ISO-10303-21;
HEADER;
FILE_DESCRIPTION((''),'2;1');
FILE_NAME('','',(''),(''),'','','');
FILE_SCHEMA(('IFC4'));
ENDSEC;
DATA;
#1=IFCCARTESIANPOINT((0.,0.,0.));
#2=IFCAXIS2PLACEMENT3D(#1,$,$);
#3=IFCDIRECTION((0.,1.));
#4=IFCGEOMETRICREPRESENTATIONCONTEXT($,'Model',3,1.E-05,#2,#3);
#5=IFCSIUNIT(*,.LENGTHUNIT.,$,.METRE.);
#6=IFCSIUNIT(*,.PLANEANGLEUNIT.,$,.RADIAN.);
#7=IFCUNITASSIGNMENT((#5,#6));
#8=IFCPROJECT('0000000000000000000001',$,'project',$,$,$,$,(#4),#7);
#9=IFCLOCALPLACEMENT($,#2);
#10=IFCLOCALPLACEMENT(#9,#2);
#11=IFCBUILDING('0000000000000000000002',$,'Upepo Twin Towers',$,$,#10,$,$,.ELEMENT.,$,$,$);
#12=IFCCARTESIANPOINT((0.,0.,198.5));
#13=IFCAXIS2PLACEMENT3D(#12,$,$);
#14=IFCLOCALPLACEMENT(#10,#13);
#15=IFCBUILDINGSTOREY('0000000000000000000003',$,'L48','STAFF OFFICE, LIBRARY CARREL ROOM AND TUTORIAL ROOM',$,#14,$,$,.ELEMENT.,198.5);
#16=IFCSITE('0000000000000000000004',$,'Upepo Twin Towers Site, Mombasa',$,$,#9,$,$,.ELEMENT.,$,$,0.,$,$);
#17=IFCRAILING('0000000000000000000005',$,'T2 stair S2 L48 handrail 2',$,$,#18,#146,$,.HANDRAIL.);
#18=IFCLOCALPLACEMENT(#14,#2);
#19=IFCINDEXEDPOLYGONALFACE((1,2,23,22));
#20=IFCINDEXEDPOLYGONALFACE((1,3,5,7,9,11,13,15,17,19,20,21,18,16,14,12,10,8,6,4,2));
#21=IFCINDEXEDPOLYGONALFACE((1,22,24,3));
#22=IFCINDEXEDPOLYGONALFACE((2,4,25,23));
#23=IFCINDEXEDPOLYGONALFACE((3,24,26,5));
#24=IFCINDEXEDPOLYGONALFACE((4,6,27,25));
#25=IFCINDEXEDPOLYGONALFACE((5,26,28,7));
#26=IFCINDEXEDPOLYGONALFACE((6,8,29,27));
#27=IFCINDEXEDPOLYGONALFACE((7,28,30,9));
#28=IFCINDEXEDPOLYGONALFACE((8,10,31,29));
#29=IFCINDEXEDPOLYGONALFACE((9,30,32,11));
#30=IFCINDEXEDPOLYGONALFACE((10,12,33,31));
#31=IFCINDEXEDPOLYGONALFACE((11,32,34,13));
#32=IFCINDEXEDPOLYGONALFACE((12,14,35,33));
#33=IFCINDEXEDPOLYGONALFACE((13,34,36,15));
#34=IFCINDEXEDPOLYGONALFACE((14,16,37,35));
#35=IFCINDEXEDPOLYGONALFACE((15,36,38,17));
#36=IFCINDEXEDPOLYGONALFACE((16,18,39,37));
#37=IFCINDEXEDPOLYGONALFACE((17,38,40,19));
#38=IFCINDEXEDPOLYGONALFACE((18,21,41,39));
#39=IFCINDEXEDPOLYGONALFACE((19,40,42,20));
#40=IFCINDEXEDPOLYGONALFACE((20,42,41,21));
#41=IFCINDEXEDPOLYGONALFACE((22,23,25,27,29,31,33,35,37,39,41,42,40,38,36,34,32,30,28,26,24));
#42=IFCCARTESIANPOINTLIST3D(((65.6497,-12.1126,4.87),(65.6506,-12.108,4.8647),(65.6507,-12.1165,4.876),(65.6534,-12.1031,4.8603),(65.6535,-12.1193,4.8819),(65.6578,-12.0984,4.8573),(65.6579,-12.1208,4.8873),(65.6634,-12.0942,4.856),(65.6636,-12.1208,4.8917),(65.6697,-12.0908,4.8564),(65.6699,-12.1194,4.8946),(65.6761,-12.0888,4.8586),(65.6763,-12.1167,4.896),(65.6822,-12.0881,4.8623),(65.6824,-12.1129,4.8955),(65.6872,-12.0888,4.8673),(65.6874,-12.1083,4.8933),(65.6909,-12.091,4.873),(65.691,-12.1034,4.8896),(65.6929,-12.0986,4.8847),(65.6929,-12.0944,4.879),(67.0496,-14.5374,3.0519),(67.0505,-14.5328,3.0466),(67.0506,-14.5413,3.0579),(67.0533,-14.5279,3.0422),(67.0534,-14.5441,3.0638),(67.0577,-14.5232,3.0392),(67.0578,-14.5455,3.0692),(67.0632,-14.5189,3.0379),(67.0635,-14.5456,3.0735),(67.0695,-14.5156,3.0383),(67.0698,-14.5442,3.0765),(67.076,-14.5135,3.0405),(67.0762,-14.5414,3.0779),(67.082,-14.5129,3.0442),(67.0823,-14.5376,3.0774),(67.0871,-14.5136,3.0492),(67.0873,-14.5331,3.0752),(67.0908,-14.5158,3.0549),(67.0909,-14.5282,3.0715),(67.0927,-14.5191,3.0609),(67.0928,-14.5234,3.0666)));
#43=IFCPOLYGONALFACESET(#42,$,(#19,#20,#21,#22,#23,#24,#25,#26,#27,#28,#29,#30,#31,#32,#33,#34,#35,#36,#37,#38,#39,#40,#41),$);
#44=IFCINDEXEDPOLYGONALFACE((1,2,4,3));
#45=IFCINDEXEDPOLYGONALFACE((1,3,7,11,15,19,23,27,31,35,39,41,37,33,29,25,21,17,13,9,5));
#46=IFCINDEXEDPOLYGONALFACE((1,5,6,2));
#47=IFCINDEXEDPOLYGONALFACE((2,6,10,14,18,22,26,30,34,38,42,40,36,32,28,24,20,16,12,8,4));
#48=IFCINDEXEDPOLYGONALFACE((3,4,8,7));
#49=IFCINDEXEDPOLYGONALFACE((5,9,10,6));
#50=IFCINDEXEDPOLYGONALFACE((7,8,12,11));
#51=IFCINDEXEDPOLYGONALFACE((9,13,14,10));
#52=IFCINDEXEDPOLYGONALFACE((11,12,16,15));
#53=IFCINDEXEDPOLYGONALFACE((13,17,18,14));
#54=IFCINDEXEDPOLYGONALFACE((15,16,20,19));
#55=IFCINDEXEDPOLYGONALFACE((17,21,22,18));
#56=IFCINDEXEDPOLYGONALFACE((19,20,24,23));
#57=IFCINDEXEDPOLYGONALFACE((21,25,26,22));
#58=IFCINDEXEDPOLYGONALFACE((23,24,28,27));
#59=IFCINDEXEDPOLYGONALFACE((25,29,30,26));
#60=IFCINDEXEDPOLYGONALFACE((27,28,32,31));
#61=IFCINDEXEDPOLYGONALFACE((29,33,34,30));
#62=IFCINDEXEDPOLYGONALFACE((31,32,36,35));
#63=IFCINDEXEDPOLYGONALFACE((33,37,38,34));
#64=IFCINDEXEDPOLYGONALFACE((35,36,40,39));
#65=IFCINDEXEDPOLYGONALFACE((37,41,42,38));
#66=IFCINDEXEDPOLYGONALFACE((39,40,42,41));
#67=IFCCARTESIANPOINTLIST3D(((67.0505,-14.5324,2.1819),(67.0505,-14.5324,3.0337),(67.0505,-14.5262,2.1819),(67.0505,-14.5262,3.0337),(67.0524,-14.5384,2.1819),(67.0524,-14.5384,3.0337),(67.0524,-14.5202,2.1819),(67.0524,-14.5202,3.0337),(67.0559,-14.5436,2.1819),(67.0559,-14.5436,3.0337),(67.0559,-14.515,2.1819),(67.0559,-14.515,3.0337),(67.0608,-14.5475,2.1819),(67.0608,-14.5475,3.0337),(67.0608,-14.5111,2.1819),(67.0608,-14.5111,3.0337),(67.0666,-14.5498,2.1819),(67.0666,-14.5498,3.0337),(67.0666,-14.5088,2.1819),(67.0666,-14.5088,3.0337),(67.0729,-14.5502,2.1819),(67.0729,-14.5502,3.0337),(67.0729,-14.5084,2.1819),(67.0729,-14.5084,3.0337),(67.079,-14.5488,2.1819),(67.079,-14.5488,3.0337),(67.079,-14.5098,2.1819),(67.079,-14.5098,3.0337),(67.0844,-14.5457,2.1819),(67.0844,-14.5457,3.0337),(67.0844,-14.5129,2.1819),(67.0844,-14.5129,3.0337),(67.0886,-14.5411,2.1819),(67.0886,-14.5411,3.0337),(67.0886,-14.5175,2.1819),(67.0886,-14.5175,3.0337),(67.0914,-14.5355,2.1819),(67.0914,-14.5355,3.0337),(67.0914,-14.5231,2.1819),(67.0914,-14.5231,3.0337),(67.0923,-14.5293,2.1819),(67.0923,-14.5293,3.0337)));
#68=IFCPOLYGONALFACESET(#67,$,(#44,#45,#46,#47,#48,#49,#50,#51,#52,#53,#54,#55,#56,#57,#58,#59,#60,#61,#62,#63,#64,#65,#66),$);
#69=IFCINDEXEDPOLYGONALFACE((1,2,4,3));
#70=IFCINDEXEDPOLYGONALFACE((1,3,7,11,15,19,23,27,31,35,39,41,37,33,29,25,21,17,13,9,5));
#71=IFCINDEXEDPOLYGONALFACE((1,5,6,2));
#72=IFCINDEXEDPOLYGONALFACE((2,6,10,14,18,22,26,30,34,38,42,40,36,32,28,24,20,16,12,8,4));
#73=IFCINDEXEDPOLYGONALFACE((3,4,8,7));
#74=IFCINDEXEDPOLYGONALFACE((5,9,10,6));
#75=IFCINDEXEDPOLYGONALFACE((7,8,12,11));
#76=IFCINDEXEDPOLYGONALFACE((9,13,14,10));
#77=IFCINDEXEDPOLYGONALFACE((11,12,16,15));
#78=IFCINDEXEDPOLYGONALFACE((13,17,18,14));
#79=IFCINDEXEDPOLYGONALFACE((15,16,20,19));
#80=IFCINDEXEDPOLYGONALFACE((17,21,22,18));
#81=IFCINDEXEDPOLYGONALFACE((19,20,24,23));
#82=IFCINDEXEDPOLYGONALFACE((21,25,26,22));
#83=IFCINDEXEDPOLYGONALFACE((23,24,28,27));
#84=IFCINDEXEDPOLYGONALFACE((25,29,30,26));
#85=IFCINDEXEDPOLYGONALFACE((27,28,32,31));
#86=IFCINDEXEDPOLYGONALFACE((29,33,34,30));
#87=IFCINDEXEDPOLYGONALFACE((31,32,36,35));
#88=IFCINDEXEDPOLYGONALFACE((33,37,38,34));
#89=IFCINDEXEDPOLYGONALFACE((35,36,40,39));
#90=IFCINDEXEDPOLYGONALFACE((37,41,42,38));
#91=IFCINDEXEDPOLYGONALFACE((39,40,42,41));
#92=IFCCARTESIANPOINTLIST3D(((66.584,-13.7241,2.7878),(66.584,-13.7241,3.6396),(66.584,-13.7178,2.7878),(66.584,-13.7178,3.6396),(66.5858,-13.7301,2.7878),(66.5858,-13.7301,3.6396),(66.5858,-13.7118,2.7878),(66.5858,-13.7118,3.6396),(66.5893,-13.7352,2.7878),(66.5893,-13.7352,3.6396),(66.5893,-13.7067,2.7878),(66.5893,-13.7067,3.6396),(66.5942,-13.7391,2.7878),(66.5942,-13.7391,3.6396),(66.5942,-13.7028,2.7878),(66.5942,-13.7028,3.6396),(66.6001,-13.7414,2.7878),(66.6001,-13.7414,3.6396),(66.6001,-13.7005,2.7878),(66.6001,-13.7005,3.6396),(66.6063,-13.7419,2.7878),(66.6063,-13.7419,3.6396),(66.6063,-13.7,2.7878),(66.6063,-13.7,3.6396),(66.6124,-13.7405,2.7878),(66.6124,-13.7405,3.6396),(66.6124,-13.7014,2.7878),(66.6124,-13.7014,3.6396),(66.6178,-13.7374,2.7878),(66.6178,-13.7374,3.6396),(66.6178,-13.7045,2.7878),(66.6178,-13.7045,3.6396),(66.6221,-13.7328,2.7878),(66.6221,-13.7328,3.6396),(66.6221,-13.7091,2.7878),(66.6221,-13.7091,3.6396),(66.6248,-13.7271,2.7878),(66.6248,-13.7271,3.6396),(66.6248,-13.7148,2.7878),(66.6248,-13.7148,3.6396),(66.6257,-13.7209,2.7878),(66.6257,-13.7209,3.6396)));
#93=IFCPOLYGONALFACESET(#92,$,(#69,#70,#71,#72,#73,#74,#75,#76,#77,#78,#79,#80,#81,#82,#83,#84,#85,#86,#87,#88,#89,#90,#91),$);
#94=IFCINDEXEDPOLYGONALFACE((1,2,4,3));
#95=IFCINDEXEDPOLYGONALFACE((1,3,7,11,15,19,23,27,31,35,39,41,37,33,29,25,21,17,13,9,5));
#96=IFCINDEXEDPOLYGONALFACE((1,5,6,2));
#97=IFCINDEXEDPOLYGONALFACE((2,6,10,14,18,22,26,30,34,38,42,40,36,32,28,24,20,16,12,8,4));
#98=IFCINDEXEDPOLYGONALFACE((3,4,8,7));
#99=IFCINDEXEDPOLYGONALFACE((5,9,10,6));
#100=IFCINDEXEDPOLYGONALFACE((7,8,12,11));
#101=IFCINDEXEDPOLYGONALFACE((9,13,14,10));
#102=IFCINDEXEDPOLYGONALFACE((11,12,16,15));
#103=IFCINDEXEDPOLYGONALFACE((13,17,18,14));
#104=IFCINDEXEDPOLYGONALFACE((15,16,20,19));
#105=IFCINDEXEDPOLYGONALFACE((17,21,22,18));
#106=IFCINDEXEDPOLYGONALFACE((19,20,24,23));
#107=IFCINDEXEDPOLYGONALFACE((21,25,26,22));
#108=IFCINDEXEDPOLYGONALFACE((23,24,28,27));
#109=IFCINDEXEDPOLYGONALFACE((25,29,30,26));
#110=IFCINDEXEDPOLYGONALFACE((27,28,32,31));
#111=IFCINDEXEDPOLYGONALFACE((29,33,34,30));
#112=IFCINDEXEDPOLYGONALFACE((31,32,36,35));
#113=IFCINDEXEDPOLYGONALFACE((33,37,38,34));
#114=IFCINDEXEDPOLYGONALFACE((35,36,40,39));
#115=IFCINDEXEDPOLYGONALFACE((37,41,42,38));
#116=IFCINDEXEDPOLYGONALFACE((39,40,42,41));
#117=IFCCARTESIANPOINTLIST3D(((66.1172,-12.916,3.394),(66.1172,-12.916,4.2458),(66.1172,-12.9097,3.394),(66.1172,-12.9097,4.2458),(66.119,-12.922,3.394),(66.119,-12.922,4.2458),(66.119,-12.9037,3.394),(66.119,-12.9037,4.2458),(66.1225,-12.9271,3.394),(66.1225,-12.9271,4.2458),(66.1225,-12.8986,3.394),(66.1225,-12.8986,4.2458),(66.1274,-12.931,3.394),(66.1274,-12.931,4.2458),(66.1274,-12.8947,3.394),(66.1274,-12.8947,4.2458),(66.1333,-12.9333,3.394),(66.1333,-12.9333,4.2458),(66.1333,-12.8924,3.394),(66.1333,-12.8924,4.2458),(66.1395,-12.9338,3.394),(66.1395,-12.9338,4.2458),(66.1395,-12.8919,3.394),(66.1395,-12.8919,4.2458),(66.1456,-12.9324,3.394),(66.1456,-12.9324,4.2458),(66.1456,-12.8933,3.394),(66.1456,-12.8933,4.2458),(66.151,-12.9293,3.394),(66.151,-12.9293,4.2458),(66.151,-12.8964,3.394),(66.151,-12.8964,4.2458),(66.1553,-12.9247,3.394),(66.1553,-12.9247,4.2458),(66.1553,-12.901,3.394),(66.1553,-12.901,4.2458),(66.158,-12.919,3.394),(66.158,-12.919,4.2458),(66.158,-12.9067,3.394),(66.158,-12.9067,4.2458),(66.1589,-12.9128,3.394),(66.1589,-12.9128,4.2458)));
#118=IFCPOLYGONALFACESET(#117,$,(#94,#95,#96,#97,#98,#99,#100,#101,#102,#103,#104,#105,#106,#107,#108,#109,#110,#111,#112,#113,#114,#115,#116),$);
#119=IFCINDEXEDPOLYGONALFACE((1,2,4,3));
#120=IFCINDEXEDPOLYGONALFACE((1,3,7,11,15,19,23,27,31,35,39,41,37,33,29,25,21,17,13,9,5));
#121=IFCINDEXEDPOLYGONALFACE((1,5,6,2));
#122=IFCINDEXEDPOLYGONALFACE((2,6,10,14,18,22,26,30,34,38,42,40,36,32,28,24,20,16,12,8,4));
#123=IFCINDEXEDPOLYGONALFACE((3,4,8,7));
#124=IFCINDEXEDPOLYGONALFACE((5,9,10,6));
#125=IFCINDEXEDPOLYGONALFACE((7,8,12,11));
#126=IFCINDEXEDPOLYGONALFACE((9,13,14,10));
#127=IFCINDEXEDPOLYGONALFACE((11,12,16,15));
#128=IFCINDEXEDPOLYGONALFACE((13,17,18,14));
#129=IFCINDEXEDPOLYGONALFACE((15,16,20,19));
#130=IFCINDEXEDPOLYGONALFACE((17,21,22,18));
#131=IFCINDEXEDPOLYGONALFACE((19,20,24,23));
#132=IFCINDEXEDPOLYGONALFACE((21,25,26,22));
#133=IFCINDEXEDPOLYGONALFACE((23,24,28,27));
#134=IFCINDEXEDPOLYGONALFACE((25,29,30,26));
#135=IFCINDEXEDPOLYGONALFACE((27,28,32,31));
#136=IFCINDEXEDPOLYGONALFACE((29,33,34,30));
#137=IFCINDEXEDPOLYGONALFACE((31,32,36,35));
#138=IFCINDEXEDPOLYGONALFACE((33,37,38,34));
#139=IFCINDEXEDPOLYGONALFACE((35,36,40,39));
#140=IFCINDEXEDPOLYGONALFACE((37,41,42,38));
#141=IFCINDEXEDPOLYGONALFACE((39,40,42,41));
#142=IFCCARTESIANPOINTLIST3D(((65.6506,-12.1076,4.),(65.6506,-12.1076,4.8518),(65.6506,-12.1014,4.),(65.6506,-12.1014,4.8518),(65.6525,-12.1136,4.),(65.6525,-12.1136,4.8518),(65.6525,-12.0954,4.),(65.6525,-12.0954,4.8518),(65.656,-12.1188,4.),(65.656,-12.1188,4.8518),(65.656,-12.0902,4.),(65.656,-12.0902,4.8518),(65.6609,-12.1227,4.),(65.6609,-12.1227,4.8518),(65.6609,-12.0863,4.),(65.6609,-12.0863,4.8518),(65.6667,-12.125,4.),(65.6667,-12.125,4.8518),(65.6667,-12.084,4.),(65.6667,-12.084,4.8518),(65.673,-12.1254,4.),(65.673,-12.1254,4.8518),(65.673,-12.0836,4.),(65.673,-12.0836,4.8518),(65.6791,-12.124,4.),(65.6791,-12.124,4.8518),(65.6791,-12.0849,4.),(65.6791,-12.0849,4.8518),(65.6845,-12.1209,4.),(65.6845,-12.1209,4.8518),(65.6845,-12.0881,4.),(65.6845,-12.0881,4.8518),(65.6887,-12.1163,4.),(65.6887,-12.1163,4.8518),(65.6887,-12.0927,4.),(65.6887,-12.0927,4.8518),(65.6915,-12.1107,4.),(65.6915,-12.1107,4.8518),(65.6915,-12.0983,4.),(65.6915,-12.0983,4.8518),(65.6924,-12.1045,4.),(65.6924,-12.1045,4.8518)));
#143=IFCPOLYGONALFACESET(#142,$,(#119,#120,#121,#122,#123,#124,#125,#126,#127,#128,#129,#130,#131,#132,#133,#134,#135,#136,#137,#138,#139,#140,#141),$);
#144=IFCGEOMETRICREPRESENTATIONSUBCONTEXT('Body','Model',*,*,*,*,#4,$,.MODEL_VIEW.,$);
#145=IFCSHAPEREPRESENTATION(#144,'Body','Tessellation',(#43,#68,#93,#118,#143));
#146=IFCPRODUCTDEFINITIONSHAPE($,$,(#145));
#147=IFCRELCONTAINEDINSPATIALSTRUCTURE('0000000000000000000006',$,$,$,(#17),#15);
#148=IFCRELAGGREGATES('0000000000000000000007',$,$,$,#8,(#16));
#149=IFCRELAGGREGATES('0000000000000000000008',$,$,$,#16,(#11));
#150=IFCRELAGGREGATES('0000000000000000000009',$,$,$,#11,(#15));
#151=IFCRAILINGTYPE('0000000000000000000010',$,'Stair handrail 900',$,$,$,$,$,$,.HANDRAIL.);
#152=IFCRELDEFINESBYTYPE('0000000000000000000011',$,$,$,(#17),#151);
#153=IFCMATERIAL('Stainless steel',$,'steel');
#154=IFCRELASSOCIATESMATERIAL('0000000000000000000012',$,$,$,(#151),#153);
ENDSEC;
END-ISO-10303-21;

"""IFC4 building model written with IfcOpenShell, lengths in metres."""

from ifc_helpers import new_model, si_unit, direction, frame, origin, origin_2d, place, context, subcontext, project, spatial, circle, extrude, material, type_object, element, save


model = new_model("IFC4")

# Units and contexts
model_context = context("Model", 3, precision=1e-05, world=origin(), true_north=direction((0.0, 1.0)))
body_context = subcontext(model_context, "Body", "Model", "MODEL_VIEW")
ifc_project = project(units=[si_unit("LENGTHUNIT", "METRE"), si_unit("PLANEANGLEUNIT", "RADIAN")], contexts=[model_context])

# Site, building, storey
site_placement = place(None, origin())
site = spatial("IfcSite", under=ifc_project, at=site_placement, Name="Upepo Twin Towers Site, Mombasa", CompositionType="ELEMENT", RefElevation=0.0)
building_placement = place(site_placement, origin())
building = spatial("IfcBuilding", under=site, at=building_placement, Name="Upepo Twin Towers", CompositionType="ELEMENT")
storey_placement = place(building_placement, frame((0.0, 0.0, 198.5)))
storey = spatial("IfcBuildingStorey", under=building, at=storey_placement, Name="L48", Description="STAFF OFFICE, LIBRARY CARREL ROOM AND TUTORIAL ROOM", CompositionType="ELEMENT", Elevation=198.5)

# Railing
ifc_material_1 = material(Name="Stainless steel", Category="steel")
railing_type = type_object("IfcRailingType", Name="Stair handrail 900", PredefinedType="HANDRAIL", material=ifc_material_1)
railing_1_placement = place(storey_placement, frame((67.0713, -14.5293, 2.1819)))
element("IfcRailing", 1, at=railing_1_placement, inside=storey, type_object=railing_type, Name="T2 stair S2 L48 handrail 2", PredefinedType="HANDRAIL", context=body_context, shape_type="SweptSolid", body=[
    extrude(circle(Radius=0.0239, at=origin_2d()), frame((0.0, 0.0, 0.876), z_axis=(-0.419333, 0.726336, 0.544606), x_axis=(-0.866035, -0.499984, 0.0)), (0.0, 0.0, 1.0), 3.3384),
    extrude(circle(Radius=0.021, at=origin_2d()), origin(), (0.0, 0.0, 1.0), 0.8518),
    extrude(circle(Radius=0.021, at=origin_2d()), frame((-0.4666, 0.8083, 0.606)), (0.0, 0.0, 1.0), 0.8518),
    extrude(circle(Radius=0.021, at=origin_2d()), frame((-0.9333, 1.6165, 1.2122)), (0.0, 0.0, 1.0), 0.8518),
    extrude(circle(Radius=0.021, at=origin_2d()), frame((-1.3999, 2.4248, 1.8181)), (0.0, 0.0, 1.0), 0.8518),
])

save(model, "model.ifc")
